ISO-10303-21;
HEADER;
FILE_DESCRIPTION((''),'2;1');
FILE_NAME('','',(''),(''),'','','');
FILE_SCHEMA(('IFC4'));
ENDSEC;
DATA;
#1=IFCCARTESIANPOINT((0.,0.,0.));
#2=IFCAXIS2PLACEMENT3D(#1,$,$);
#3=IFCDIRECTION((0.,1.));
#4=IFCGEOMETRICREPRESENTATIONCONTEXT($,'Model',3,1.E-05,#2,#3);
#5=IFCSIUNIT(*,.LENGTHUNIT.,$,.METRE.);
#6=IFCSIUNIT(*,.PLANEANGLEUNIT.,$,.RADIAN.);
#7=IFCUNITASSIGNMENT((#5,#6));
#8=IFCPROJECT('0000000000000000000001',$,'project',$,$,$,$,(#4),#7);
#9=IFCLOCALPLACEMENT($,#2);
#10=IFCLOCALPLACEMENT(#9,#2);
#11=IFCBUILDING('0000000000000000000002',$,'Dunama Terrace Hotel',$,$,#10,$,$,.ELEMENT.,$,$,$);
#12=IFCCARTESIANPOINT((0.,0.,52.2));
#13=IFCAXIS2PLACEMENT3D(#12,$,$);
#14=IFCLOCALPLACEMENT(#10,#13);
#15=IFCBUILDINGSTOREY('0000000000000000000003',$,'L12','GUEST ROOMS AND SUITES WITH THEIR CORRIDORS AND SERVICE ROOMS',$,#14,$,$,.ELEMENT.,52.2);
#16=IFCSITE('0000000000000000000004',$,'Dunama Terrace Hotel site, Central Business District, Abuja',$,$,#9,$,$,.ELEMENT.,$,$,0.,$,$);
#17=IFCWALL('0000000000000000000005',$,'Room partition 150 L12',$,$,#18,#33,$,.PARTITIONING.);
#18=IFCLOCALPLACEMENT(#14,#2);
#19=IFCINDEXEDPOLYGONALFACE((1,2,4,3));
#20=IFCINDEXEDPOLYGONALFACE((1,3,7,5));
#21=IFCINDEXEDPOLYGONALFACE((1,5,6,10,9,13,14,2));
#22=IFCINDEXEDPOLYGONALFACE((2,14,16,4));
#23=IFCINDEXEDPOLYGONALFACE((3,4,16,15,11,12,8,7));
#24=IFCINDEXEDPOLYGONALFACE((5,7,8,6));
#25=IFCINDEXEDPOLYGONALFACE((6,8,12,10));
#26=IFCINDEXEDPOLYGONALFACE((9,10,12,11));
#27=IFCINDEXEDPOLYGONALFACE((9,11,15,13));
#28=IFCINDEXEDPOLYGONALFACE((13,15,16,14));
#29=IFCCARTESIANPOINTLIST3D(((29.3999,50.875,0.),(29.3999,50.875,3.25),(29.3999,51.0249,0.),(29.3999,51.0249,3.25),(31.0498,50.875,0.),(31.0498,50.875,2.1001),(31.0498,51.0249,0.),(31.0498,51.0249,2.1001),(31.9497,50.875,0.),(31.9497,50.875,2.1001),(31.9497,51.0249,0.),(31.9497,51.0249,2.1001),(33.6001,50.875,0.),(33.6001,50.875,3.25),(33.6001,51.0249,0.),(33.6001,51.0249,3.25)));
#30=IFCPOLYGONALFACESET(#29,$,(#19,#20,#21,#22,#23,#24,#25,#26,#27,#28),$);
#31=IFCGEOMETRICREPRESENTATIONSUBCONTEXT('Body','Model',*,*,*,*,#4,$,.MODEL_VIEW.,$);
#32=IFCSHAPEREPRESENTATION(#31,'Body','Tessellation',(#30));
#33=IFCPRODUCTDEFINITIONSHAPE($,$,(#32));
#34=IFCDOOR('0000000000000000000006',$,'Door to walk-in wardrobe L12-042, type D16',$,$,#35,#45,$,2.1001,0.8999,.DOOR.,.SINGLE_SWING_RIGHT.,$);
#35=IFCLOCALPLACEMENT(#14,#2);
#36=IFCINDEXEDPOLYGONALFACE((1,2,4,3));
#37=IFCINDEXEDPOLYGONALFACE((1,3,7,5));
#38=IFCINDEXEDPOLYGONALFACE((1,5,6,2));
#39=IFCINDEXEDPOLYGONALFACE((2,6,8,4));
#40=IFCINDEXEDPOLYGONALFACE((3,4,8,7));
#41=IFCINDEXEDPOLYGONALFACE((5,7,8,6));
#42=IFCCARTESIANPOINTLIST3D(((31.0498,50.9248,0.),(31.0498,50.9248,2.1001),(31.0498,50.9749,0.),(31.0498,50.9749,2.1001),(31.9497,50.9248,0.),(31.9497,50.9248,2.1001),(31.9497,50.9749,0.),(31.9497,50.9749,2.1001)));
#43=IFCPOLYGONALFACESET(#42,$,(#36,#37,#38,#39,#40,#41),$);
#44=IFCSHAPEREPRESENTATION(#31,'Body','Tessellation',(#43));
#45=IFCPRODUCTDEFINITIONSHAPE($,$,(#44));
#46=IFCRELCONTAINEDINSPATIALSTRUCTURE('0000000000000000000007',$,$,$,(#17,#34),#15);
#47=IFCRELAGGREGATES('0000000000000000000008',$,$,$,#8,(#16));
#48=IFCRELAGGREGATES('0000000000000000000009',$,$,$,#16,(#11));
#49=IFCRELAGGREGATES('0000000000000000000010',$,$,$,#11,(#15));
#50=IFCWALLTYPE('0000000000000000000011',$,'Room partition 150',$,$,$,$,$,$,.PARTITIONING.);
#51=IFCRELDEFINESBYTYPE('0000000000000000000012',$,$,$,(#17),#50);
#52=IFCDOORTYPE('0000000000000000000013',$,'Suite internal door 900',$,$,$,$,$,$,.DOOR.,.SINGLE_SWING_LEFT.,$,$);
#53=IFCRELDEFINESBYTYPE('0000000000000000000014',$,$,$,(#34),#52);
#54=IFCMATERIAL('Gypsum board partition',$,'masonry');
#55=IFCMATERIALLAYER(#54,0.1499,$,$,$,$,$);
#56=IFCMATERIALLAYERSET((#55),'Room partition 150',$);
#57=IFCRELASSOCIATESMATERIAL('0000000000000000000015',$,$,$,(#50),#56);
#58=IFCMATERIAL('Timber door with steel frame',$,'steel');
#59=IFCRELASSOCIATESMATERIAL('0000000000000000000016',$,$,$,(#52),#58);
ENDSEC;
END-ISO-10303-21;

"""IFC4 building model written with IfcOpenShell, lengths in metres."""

from ifc_helpers import new_model, si_unit, direction, frame, frame_2d, origin, place, context, subcontext, project, spatial, rectangle, extrude, material, layer, layer_set, type_object, element, fill, save


model = new_model("IFC4")

# Units and contexts
model_context = context("Model", 3, precision=1e-05, world=origin(), true_north=direction((0.0, 1.0)))
body_context = subcontext(model_context, "Body", "Model", "MODEL_VIEW")
ifc_project = project(units=[si_unit("LENGTHUNIT", "METRE"), si_unit("PLANEANGLEUNIT", "RADIAN")], contexts=[model_context])

# Site, building, storey
site_placement = place(None, origin())
site = spatial("IfcSite", under=ifc_project, at=site_placement, Name="Dunama Terrace Hotel site, Central Business District, Abuja", CompositionType="ELEMENT", RefElevation=0.0)
building_placement = place(site_placement, origin())
building = spatial("IfcBuilding", under=site, at=building_placement, Name="Dunama Terrace Hotel", CompositionType="ELEMENT")
storey_placement = place(building_placement, frame((0.0, 0.0, 52.2)))
storey = spatial("IfcBuildingStorey", under=building, at=storey_placement, Name="L12", Description="GUEST ROOMS AND SUITES WITH THEIR CORRIDORS AND SERVICE ROOMS", CompositionType="ELEMENT", Elevation=52.2)

# Shared definitions
ifc_material_1 = material(Name="Gypsum board partition", Category="masonry")
ifc_layer_1 = layer(ifc_material_1, 0.1499)
ifc_layer_set_1 = layer_set([ifc_layer_1], Name="Room partition 150")
wall_type_1 = type_object("IfcWallType", Name="Room partition 150", PredefinedType="PARTITIONING", material=ifc_layer_set_1)
ifc_material_2 = material(Name="Timber door with steel frame", Category="steel")
door_type_1 = type_object("IfcDoorType", Name="Suite internal door 900", OperationType="SINGLE_SWING_LEFT", PredefinedType="DOOR", material=ifc_material_2)

# Wall, opening, door
wall_1_placement = place(storey_placement, frame((29.3999, 50.95, 0.0), z_axis=(0.0, 0.0, 1.0), x_axis=(1.0, 0.0, 0.0)))
wall_1 = element("IfcWall", 1, at=wall_1_placement, inside=storey, type_object=wall_type_1, Name="Room partition 150 L12", PredefinedType="PARTITIONING", context=body_context, shape_type="SweptSolid", body=[
    extrude(rectangle(XDim=4.2002, YDim=0.1499, at=frame_2d((2.1001, 0.0))), origin(), (0.0, 0.0, 1.0), 3.25),
])
opening_1_placement = place(wall_1_placement, frame((1.6499, 0.0, 0.0)))
opening_1 = element("IfcOpeningElement", 2, at=opening_1_placement, cuts=wall_1, PredefinedType="OPENING", context=body_context, shape_type="SweptSolid", body=[
    extrude(rectangle(XDim=0.8999, YDim=2.1001, at=frame_2d((0.45, 1.05))), frame((0.0, 0.085, 0.0), z_axis=(0.0, -1.0, 0.0), x_axis=(1.0, 0.0, 0.0)), (0.0, 0.0, 1.0), 0.1699),
])
door_1_placement = place(opening_1_placement, frame((0.8999, 0.0, 0.0), z_axis=(0.0, 0.0, 1.0), x_axis=(-1.0, 0.0, 0.0)))
door_1 = element("IfcDoor", 3, at=door_1_placement, inside=storey, type_object=door_type_1, Name="Door to walk-in wardrobe L12-042, type D16", OperationType="SINGLE_SWING_RIGHT", OverallHeight=2.1001, OverallWidth=0.8999, PredefinedType="DOOR", context=body_context, shape_type="SweptSolid", body=[
    extrude(rectangle(XDim=0.8999, YDim=2.1001, at=frame_2d((0.45, 1.05))), frame((0.0, 0.0251, 0.0), z_axis=(0.0, -1.0, 0.0), x_axis=(1.0, 0.0, 0.0)), (0.0, 0.0, 1.0), 0.05),
])
fill(opening_1, door_1)

save(model, "model.ifc")
